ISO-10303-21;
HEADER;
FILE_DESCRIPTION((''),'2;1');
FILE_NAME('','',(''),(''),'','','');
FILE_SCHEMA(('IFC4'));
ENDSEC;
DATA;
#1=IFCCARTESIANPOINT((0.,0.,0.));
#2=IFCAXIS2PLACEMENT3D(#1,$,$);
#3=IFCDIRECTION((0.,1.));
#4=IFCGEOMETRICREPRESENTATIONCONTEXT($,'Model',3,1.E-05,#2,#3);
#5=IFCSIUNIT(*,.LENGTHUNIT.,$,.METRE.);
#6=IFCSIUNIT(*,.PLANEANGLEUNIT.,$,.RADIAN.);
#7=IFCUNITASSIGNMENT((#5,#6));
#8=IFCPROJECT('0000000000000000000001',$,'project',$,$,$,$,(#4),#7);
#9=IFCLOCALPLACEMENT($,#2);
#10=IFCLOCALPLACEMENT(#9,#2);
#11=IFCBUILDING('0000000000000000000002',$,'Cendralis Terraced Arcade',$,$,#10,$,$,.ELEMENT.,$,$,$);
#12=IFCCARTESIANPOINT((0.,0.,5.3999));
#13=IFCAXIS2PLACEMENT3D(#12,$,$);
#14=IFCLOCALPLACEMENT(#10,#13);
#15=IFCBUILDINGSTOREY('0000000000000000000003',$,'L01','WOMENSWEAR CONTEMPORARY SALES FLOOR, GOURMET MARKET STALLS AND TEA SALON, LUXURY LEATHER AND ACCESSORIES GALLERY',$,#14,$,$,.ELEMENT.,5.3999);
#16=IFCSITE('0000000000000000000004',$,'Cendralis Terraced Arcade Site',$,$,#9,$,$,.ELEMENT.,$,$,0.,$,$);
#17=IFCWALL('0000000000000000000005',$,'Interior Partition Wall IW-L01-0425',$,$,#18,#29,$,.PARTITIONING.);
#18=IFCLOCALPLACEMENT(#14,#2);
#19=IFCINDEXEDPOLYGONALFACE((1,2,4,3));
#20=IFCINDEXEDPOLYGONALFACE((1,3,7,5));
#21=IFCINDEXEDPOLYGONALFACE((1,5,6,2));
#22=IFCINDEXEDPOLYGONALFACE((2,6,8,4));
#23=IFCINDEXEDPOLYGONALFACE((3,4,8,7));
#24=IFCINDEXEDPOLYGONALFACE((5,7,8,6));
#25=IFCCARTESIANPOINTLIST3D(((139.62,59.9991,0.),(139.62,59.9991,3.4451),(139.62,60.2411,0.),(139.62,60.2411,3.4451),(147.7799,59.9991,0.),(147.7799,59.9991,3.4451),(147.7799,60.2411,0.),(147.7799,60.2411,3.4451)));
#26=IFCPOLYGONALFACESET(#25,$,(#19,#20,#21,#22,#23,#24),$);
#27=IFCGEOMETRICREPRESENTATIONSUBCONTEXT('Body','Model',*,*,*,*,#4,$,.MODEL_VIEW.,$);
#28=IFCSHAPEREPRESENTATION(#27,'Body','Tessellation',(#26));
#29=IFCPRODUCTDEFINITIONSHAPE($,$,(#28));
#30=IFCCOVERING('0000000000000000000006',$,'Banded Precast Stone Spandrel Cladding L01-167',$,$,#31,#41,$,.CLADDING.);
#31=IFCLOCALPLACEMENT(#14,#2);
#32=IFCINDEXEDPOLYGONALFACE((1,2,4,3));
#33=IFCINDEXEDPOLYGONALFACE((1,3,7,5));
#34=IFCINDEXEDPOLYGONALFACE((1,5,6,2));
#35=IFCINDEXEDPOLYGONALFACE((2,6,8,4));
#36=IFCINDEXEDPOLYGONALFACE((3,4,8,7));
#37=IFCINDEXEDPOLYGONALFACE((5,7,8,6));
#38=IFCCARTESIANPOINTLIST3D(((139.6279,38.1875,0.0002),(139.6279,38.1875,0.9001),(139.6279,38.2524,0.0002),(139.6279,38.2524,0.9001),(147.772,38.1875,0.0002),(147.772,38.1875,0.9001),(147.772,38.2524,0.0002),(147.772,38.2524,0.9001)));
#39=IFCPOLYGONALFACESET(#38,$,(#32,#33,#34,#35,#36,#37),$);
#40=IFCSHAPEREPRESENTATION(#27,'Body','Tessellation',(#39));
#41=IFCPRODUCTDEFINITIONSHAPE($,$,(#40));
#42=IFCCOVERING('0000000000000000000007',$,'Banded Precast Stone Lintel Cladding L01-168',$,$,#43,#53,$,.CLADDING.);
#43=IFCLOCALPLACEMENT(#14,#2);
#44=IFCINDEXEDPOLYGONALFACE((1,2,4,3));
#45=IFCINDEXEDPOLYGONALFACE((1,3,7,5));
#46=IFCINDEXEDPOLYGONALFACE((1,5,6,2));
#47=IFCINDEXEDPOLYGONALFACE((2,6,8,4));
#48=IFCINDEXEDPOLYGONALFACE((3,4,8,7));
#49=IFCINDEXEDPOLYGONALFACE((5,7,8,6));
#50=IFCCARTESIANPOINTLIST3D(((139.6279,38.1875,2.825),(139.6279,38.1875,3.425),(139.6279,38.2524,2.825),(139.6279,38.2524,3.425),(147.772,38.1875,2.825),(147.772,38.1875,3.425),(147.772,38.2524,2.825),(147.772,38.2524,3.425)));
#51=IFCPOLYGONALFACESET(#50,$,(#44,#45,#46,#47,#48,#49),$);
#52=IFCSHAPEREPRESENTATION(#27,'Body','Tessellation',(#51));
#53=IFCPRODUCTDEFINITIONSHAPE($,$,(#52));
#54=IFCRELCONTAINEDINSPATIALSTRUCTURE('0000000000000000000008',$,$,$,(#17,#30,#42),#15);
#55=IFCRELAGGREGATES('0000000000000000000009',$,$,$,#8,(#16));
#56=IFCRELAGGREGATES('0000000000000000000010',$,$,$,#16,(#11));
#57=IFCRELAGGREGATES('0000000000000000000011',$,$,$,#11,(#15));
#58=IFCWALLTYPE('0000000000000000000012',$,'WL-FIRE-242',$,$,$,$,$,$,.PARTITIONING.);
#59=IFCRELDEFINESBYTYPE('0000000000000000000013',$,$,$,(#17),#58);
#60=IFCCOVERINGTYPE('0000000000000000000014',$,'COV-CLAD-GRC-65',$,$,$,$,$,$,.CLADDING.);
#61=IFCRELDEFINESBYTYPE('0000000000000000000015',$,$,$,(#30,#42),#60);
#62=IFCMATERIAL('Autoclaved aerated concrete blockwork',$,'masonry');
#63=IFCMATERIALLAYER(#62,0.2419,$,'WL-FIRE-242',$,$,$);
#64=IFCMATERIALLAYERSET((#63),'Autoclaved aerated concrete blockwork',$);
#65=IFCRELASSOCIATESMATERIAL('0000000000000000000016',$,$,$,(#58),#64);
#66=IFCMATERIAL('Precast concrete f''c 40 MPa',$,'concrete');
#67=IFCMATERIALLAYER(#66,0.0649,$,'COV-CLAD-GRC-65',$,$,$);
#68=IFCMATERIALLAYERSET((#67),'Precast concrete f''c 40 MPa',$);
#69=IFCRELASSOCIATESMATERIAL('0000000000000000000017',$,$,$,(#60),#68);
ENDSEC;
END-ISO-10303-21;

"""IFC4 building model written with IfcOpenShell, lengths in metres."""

from ifc_helpers import new_model, si_unit, direction, frame, frame_2d, origin, origin_2d, place, context, subcontext, project, spatial, rectangle, extrude, material, layer, layer_set, type_object, element, save


model = new_model("IFC4")

# Units and contexts
model_context = context("Model", 3, precision=1e-05, world=origin(), true_north=direction((0.0, 1.0)))
body_context = subcontext(model_context, "Body", "Model", "MODEL_VIEW")
ifc_project = project(units=[si_unit("LENGTHUNIT", "METRE"), si_unit("PLANEANGLEUNIT", "RADIAN")], contexts=[model_context])

# Site, building, storey
site_placement = place(None, origin())
site = spatial("IfcSite", under=ifc_project, at=site_placement, Name="Cendralis Terraced Arcade Site", CompositionType="ELEMENT", RefElevation=0.0)
building_placement = place(site_placement, origin())
building = spatial("IfcBuilding", under=site, at=building_placement, Name="Cendralis Terraced Arcade", CompositionType="ELEMENT")
storey_placement = place(building_placement, frame((0.0, 0.0, 5.3999)))
storey = spatial("IfcBuildingStorey", under=building, at=storey_placement, Name="L01", Description="WOMENSWEAR CONTEMPORARY SALES FLOOR, GOURMET MARKET STALLS AND TEA SALON, LUXURY LEATHER AND ACCESSORIES GALLERY", CompositionType="ELEMENT", Elevation=5.3999)

# Shared definitions
ifc_material_1 = material(Name="Precast concrete f'c 40 MPa", Category="concrete")

# Shared definitions
ifc_material_2 = material(Name="Autoclaved aerated concrete blockwork", Category="masonry")
ifc_layer_1 = layer(ifc_material_2, 0.2419, Name="WL-FIRE-242")
ifc_layer_set_1 = layer_set([ifc_layer_1], Name="Autoclaved aerated concrete blockwork")
wall_type_1 = type_object("IfcWallType", Name="WL-FIRE-242", PredefinedType="PARTITIONING", material=ifc_layer_set_1)

# Wall
for number, where, z_axis, x_axis, name in (
    (1, (147.78, 60.1201, 0.0), (0.0, 0.0, 1.0), (-1.0, 0.0, 0.0), "Interior Partition Wall IW-L01-0425"),
):
    element("IfcWall", number, at=place(storey_placement, frame(where, z_axis=z_axis, x_axis=x_axis)), inside=storey, type_object=wall_type_1, Name=name, PredefinedType="PARTITIONING", context=body_context, shape_type="SweptSolid", body=[
        extrude(rectangle(XDim=8.1599, YDim=0.2419, at=frame_2d((4.0801, 0.0))), origin(), (0.0, 0.0, 1.0), 3.4451),
    ])

# Coverings
ifc_layer_2 = layer(ifc_material_1, 0.0649, Name="COV-CLAD-GRC-65")
ifc_layer_set_2 = layer_set([ifc_layer_2], Name="Precast concrete f'c 40 MPa")
covering_type = type_object("IfcCoveringType", Name="COV-CLAD-GRC-65", PredefinedType="CLADDING", material=ifc_layer_set_2)
covering_1_placement = place(storey_placement, frame((143.7, 38.22, 0.0002), z_axis=(0.0, 0.0, 1.0), x_axis=(-1.0, 0.0, 0.0)))
element("IfcCovering", 2, at=covering_1_placement, inside=storey, type_object=covering_type, Name="Banded Precast Stone Spandrel Cladding L01-167", PredefinedType="CLADDING", context=body_context, shape_type="SweptSolid", body=[
    extrude(rectangle(XDim=8.144, YDim=0.0649, at=origin_2d()), origin(), (0.0, 0.0, 1.0), 0.8999),
])
covering_2_placement = place(storey_placement, frame((143.7, 38.22, 2.825), z_axis=(0.0, 0.0, 1.0), x_axis=(-1.0, 0.0, 0.0)))
element("IfcCovering", 3, at=covering_2_placement, inside=storey, type_object=covering_type, Name="Banded Precast Stone Lintel Cladding L01-168", PredefinedType="CLADDING", context=body_context, shape_type="SweptSolid", body=[
    extrude(rectangle(XDim=8.144, YDim=0.0649, at=origin_2d()), origin(), (0.0, 0.0, 1.0), 0.6001),
])

save(model, "model.ifc")
